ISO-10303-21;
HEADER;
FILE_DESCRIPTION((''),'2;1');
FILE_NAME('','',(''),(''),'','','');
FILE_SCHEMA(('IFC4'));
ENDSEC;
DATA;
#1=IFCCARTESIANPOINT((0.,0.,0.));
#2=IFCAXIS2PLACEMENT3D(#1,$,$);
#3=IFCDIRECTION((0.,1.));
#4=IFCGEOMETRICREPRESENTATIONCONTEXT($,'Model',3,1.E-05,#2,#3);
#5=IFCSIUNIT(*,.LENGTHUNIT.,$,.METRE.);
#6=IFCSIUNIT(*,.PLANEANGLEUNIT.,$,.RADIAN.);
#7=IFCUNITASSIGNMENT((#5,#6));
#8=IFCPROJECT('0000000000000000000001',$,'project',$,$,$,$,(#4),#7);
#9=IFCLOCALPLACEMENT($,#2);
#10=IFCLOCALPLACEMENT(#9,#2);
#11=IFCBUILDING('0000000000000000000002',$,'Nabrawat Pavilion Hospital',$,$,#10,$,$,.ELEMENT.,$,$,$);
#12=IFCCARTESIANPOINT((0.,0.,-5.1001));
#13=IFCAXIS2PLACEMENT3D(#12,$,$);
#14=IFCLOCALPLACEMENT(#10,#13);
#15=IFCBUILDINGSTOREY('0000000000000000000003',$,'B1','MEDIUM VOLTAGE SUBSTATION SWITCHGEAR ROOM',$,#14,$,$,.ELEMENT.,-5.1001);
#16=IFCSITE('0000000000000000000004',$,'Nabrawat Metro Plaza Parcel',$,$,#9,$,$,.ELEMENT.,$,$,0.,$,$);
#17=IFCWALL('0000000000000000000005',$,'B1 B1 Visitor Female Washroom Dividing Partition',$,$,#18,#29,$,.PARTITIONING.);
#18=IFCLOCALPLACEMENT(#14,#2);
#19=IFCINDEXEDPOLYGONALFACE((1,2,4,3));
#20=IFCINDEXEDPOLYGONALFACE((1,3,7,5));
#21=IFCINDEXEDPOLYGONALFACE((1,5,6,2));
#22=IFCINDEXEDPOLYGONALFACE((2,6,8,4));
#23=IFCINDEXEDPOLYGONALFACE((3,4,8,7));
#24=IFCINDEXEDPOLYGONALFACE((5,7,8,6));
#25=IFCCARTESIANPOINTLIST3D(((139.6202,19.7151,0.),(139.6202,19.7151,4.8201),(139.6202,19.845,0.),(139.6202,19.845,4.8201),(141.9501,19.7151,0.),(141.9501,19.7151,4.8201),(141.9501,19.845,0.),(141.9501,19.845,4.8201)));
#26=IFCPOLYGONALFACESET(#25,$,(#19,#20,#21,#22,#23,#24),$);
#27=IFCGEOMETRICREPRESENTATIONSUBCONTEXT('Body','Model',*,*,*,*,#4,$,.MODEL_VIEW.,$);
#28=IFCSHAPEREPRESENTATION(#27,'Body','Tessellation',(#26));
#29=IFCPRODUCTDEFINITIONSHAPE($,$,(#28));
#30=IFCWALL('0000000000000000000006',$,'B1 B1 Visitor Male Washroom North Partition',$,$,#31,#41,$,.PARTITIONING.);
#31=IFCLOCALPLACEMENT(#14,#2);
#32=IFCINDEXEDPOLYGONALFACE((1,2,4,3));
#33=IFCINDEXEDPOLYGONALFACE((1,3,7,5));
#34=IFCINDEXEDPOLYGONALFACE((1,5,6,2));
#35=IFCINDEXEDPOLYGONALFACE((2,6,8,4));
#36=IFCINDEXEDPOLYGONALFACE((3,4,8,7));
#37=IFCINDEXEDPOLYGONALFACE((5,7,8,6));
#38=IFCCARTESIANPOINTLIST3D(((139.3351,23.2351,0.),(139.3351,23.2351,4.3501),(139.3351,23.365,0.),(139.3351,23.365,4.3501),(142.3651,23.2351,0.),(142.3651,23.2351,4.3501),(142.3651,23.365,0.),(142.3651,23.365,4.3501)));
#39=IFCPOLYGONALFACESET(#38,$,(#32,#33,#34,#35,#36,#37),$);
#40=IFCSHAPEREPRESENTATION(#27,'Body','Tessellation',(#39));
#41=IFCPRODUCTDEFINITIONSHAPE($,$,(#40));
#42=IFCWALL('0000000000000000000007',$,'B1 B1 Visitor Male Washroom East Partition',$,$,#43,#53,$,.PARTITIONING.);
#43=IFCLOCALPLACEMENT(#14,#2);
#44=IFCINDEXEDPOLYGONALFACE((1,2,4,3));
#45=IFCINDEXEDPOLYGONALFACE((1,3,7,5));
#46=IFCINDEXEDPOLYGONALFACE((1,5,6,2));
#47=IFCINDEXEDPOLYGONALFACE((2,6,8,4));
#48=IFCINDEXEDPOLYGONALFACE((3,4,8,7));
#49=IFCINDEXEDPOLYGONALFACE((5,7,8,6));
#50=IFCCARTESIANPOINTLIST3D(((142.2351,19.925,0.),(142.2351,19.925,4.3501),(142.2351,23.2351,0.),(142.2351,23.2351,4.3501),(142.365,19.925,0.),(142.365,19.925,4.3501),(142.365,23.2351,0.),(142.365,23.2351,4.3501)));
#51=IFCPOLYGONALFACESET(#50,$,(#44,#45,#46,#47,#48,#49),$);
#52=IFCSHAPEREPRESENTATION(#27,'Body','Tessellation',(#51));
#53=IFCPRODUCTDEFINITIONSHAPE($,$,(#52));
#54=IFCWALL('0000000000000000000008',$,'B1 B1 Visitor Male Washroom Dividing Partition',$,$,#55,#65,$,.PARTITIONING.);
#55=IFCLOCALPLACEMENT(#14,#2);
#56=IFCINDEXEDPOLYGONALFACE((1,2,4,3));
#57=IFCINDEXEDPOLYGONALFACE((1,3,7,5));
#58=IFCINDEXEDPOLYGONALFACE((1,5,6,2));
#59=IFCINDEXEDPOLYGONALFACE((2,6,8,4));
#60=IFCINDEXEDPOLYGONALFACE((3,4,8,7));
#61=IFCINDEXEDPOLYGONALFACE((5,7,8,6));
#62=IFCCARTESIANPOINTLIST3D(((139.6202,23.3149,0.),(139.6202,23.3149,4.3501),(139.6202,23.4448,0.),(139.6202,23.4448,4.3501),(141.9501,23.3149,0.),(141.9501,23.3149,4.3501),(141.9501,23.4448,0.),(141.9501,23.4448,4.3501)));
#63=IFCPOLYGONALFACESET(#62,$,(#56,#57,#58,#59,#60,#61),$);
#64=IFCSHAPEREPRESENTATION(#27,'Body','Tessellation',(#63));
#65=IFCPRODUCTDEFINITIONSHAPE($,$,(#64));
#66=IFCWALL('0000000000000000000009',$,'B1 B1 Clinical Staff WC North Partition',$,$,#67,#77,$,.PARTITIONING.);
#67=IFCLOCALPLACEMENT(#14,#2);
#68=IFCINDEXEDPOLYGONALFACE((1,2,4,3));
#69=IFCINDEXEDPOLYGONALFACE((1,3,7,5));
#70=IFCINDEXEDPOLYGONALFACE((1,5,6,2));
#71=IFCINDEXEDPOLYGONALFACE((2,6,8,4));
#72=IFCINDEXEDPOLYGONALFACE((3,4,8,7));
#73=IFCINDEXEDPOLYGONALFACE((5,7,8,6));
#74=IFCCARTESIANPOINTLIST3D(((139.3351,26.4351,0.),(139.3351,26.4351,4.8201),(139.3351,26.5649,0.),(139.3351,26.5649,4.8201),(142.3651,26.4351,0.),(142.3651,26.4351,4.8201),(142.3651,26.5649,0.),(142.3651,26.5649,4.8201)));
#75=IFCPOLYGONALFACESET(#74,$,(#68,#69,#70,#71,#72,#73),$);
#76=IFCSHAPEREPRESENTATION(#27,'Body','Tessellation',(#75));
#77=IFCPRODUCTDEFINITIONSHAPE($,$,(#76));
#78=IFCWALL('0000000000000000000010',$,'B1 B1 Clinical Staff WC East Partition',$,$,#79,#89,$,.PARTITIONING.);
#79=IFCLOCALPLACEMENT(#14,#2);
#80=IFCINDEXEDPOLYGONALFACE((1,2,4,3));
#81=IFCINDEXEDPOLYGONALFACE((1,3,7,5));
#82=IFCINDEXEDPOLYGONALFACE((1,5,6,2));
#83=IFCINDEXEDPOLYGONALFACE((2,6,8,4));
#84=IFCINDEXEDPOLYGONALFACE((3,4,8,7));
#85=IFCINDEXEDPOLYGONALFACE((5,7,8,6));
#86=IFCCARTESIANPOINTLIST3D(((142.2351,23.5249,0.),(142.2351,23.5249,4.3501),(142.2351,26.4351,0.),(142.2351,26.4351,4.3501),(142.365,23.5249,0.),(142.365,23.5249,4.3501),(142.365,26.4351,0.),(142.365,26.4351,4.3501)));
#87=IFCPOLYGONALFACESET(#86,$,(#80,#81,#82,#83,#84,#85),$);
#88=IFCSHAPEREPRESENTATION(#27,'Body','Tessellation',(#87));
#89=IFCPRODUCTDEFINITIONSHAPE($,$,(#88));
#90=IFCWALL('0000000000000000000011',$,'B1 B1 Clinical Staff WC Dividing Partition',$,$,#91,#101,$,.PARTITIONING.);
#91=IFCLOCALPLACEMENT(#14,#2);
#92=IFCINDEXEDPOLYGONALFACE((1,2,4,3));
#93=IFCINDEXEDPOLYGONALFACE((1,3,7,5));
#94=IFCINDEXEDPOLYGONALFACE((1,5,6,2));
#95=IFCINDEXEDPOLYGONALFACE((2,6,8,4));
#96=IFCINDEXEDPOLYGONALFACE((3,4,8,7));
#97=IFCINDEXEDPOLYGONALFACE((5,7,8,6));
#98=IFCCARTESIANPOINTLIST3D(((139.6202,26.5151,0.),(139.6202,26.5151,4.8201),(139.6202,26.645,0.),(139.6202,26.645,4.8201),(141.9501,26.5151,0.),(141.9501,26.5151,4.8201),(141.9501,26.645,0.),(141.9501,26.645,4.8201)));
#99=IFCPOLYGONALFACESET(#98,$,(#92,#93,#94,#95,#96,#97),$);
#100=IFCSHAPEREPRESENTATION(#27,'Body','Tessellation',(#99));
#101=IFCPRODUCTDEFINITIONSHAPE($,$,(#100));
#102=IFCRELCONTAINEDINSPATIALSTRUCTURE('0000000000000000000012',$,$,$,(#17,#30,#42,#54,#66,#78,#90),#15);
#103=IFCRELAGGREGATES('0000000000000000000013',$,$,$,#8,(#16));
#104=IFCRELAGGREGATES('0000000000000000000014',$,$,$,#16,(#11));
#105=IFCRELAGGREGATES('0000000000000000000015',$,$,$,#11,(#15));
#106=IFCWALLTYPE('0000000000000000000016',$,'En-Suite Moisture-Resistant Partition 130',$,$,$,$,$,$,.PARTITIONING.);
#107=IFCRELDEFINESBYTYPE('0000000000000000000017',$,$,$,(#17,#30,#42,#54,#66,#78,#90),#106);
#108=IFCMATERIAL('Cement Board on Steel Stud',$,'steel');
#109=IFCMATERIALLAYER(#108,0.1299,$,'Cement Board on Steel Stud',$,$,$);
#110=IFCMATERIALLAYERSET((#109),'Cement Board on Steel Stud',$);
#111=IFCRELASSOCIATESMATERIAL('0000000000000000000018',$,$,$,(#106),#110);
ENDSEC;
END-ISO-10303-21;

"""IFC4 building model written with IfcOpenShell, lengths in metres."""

from ifc_helpers import new_model, si_unit, direction, frame, frame_2d, origin, place, context, subcontext, project, spatial, rectangle, extrude, material, layer, layer_set, type_object, element, save


model = new_model("IFC4")

# Units and contexts
model_context = context("Model", 3, precision=1e-05, world=origin(), true_north=direction((0.0, 1.0)))
body_context = subcontext(model_context, "Body", "Model", "MODEL_VIEW")
ifc_project = project(units=[si_unit("LENGTHUNIT", "METRE"), si_unit("PLANEANGLEUNIT", "RADIAN")], contexts=[model_context])

# Site, building, storey
site_placement = place(None, origin())
site = spatial("IfcSite", under=ifc_project, at=site_placement, Name="Nabrawat Metro Plaza Parcel", CompositionType="ELEMENT", RefElevation=0.0)
building_placement = place(site_placement, origin())
building = spatial("IfcBuilding", under=site, at=building_placement, Name="Nabrawat Pavilion Hospital", CompositionType="ELEMENT")
storey_placement = place(building_placement, frame((0.0, 0.0, -5.1001)))
storey = spatial("IfcBuildingStorey", under=building, at=storey_placement, Name="B1", Description="MEDIUM VOLTAGE SUBSTATION SWITCHGEAR ROOM", CompositionType="ELEMENT", Elevation=-5.1001)

# Walls
ifc_material_1 = material(Name="Cement Board on Steel Stud", Category="steel")
ifc_layer_1 = layer(ifc_material_1, 0.1299, Name="Cement Board on Steel Stud")
ifc_layer_set_1 = layer_set([ifc_layer_1], Name="Cement Board on Steel Stud")
wall_type_1 = type_object("IfcWallType", Name="En-Suite Moisture-Resistant Partition 130", PredefinedType="PARTITIONING", material=ifc_layer_set_1)
wall_1_placement = place(storey_placement, frame((139.6201, 19.78, 0.0), z_axis=(0.0, 0.0, 1.0), x_axis=(1.0, 0.0, 0.0)))
element("IfcWall", 1, at=wall_1_placement, inside=storey, type_object=wall_type_1, Name="B1 B1 Visitor Female Washroom Dividing Partition", PredefinedType="PARTITIONING", context=body_context, shape_type="SweptSolid", body=[
    extrude(rectangle(XDim=2.3298, YDim=0.1299, at=frame_2d((1.165, 0.0))), origin(), (0.0, 0.0, 1.0), 4.8201),
])
wall_2_placement = place(storey_placement, frame((139.335, 23.3, 0.0), z_axis=(0.0, 0.0, 1.0), x_axis=(1.0, 0.0, 0.0)))
element("IfcWall", 2, at=wall_2_placement, inside=storey, type_object=wall_type_1, Name="B1 B1 Visitor Male Washroom North Partition", PredefinedType="PARTITIONING", context=body_context, shape_type="SweptSolid", body=[
    extrude(rectangle(XDim=3.03, YDim=0.1299, at=frame_2d((1.5151, 0.0))), origin(), (0.0, 0.0, 1.0), 4.3501),
])
wall_3_placement = place(storey_placement, frame((142.3, 19.925, 0.0), z_axis=(0.0, 0.0, 1.0), x_axis=(0.0, 1.0, 0.0)))
element("IfcWall", 3, at=wall_3_placement, inside=storey, type_object=wall_type_1, Name="B1 B1 Visitor Male Washroom East Partition", PredefinedType="PARTITIONING", context=body_context, shape_type="SweptSolid", body=[
    extrude(rectangle(XDim=3.3101, YDim=0.1299, at=frame_2d((1.655, 0.0))), origin(), (0.0, 0.0, 1.0), 4.3501),
])
wall_4_placement = place(storey_placement, frame((139.6201, 23.3799, 0.0), z_axis=(0.0, 0.0, 1.0), x_axis=(1.0, 0.0, 0.0)))
element("IfcWall", 4, at=wall_4_placement, inside=storey, type_object=wall_type_1, Name="B1 B1 Visitor Male Washroom Dividing Partition", PredefinedType="PARTITIONING", context=body_context, shape_type="SweptSolid", body=[
    extrude(rectangle(XDim=2.3298, YDim=0.1299, at=frame_2d((1.165, 0.0))), origin(), (0.0, 0.0, 1.0), 4.3501),
])
wall_5_placement = place(storey_placement, frame((139.335, 26.5, 0.0), z_axis=(0.0, 0.0, 1.0), x_axis=(1.0, 0.0, 0.0)))
element("IfcWall", 5, at=wall_5_placement, inside=storey, type_object=wall_type_1, Name="B1 B1 Clinical Staff WC North Partition", PredefinedType="PARTITIONING", context=body_context, shape_type="SweptSolid", body=[
    extrude(rectangle(XDim=3.03, YDim=0.1299, at=frame_2d((1.5151, 0.0))), origin(), (0.0, 0.0, 1.0), 4.8201),
])
wall_6_placement = place(storey_placement, frame((142.3, 23.5249, 0.0), z_axis=(0.0, 0.0, 1.0), x_axis=(0.0, 1.0, 0.0)))
element("IfcWall", 6, at=wall_6_placement, inside=storey, type_object=wall_type_1, Name="B1 B1 Clinical Staff WC East Partition", PredefinedType="PARTITIONING", context=body_context, shape_type="SweptSolid", body=[
    extrude(rectangle(XDim=2.9102, YDim=0.1299, at=frame_2d((1.4551, 0.0))), origin(), (0.0, 0.0, 1.0), 4.3501),
])
wall_7_placement = place(storey_placement, frame((139.6201, 26.5801, 0.0), z_axis=(0.0, 0.0, 1.0), x_axis=(1.0, 0.0, 0.0)))
element("IfcWall", 7, at=wall_7_placement, inside=storey, type_object=wall_type_1, Name="B1 B1 Clinical Staff WC Dividing Partition", PredefinedType="PARTITIONING", context=body_context, shape_type="SweptSolid", body=[
    extrude(rectangle(XDim=2.3298, YDim=0.1299, at=frame_2d((1.165, 0.0))), origin(), (0.0, 0.0, 1.0), 4.8201),
])

save(model, "model.ifc")
